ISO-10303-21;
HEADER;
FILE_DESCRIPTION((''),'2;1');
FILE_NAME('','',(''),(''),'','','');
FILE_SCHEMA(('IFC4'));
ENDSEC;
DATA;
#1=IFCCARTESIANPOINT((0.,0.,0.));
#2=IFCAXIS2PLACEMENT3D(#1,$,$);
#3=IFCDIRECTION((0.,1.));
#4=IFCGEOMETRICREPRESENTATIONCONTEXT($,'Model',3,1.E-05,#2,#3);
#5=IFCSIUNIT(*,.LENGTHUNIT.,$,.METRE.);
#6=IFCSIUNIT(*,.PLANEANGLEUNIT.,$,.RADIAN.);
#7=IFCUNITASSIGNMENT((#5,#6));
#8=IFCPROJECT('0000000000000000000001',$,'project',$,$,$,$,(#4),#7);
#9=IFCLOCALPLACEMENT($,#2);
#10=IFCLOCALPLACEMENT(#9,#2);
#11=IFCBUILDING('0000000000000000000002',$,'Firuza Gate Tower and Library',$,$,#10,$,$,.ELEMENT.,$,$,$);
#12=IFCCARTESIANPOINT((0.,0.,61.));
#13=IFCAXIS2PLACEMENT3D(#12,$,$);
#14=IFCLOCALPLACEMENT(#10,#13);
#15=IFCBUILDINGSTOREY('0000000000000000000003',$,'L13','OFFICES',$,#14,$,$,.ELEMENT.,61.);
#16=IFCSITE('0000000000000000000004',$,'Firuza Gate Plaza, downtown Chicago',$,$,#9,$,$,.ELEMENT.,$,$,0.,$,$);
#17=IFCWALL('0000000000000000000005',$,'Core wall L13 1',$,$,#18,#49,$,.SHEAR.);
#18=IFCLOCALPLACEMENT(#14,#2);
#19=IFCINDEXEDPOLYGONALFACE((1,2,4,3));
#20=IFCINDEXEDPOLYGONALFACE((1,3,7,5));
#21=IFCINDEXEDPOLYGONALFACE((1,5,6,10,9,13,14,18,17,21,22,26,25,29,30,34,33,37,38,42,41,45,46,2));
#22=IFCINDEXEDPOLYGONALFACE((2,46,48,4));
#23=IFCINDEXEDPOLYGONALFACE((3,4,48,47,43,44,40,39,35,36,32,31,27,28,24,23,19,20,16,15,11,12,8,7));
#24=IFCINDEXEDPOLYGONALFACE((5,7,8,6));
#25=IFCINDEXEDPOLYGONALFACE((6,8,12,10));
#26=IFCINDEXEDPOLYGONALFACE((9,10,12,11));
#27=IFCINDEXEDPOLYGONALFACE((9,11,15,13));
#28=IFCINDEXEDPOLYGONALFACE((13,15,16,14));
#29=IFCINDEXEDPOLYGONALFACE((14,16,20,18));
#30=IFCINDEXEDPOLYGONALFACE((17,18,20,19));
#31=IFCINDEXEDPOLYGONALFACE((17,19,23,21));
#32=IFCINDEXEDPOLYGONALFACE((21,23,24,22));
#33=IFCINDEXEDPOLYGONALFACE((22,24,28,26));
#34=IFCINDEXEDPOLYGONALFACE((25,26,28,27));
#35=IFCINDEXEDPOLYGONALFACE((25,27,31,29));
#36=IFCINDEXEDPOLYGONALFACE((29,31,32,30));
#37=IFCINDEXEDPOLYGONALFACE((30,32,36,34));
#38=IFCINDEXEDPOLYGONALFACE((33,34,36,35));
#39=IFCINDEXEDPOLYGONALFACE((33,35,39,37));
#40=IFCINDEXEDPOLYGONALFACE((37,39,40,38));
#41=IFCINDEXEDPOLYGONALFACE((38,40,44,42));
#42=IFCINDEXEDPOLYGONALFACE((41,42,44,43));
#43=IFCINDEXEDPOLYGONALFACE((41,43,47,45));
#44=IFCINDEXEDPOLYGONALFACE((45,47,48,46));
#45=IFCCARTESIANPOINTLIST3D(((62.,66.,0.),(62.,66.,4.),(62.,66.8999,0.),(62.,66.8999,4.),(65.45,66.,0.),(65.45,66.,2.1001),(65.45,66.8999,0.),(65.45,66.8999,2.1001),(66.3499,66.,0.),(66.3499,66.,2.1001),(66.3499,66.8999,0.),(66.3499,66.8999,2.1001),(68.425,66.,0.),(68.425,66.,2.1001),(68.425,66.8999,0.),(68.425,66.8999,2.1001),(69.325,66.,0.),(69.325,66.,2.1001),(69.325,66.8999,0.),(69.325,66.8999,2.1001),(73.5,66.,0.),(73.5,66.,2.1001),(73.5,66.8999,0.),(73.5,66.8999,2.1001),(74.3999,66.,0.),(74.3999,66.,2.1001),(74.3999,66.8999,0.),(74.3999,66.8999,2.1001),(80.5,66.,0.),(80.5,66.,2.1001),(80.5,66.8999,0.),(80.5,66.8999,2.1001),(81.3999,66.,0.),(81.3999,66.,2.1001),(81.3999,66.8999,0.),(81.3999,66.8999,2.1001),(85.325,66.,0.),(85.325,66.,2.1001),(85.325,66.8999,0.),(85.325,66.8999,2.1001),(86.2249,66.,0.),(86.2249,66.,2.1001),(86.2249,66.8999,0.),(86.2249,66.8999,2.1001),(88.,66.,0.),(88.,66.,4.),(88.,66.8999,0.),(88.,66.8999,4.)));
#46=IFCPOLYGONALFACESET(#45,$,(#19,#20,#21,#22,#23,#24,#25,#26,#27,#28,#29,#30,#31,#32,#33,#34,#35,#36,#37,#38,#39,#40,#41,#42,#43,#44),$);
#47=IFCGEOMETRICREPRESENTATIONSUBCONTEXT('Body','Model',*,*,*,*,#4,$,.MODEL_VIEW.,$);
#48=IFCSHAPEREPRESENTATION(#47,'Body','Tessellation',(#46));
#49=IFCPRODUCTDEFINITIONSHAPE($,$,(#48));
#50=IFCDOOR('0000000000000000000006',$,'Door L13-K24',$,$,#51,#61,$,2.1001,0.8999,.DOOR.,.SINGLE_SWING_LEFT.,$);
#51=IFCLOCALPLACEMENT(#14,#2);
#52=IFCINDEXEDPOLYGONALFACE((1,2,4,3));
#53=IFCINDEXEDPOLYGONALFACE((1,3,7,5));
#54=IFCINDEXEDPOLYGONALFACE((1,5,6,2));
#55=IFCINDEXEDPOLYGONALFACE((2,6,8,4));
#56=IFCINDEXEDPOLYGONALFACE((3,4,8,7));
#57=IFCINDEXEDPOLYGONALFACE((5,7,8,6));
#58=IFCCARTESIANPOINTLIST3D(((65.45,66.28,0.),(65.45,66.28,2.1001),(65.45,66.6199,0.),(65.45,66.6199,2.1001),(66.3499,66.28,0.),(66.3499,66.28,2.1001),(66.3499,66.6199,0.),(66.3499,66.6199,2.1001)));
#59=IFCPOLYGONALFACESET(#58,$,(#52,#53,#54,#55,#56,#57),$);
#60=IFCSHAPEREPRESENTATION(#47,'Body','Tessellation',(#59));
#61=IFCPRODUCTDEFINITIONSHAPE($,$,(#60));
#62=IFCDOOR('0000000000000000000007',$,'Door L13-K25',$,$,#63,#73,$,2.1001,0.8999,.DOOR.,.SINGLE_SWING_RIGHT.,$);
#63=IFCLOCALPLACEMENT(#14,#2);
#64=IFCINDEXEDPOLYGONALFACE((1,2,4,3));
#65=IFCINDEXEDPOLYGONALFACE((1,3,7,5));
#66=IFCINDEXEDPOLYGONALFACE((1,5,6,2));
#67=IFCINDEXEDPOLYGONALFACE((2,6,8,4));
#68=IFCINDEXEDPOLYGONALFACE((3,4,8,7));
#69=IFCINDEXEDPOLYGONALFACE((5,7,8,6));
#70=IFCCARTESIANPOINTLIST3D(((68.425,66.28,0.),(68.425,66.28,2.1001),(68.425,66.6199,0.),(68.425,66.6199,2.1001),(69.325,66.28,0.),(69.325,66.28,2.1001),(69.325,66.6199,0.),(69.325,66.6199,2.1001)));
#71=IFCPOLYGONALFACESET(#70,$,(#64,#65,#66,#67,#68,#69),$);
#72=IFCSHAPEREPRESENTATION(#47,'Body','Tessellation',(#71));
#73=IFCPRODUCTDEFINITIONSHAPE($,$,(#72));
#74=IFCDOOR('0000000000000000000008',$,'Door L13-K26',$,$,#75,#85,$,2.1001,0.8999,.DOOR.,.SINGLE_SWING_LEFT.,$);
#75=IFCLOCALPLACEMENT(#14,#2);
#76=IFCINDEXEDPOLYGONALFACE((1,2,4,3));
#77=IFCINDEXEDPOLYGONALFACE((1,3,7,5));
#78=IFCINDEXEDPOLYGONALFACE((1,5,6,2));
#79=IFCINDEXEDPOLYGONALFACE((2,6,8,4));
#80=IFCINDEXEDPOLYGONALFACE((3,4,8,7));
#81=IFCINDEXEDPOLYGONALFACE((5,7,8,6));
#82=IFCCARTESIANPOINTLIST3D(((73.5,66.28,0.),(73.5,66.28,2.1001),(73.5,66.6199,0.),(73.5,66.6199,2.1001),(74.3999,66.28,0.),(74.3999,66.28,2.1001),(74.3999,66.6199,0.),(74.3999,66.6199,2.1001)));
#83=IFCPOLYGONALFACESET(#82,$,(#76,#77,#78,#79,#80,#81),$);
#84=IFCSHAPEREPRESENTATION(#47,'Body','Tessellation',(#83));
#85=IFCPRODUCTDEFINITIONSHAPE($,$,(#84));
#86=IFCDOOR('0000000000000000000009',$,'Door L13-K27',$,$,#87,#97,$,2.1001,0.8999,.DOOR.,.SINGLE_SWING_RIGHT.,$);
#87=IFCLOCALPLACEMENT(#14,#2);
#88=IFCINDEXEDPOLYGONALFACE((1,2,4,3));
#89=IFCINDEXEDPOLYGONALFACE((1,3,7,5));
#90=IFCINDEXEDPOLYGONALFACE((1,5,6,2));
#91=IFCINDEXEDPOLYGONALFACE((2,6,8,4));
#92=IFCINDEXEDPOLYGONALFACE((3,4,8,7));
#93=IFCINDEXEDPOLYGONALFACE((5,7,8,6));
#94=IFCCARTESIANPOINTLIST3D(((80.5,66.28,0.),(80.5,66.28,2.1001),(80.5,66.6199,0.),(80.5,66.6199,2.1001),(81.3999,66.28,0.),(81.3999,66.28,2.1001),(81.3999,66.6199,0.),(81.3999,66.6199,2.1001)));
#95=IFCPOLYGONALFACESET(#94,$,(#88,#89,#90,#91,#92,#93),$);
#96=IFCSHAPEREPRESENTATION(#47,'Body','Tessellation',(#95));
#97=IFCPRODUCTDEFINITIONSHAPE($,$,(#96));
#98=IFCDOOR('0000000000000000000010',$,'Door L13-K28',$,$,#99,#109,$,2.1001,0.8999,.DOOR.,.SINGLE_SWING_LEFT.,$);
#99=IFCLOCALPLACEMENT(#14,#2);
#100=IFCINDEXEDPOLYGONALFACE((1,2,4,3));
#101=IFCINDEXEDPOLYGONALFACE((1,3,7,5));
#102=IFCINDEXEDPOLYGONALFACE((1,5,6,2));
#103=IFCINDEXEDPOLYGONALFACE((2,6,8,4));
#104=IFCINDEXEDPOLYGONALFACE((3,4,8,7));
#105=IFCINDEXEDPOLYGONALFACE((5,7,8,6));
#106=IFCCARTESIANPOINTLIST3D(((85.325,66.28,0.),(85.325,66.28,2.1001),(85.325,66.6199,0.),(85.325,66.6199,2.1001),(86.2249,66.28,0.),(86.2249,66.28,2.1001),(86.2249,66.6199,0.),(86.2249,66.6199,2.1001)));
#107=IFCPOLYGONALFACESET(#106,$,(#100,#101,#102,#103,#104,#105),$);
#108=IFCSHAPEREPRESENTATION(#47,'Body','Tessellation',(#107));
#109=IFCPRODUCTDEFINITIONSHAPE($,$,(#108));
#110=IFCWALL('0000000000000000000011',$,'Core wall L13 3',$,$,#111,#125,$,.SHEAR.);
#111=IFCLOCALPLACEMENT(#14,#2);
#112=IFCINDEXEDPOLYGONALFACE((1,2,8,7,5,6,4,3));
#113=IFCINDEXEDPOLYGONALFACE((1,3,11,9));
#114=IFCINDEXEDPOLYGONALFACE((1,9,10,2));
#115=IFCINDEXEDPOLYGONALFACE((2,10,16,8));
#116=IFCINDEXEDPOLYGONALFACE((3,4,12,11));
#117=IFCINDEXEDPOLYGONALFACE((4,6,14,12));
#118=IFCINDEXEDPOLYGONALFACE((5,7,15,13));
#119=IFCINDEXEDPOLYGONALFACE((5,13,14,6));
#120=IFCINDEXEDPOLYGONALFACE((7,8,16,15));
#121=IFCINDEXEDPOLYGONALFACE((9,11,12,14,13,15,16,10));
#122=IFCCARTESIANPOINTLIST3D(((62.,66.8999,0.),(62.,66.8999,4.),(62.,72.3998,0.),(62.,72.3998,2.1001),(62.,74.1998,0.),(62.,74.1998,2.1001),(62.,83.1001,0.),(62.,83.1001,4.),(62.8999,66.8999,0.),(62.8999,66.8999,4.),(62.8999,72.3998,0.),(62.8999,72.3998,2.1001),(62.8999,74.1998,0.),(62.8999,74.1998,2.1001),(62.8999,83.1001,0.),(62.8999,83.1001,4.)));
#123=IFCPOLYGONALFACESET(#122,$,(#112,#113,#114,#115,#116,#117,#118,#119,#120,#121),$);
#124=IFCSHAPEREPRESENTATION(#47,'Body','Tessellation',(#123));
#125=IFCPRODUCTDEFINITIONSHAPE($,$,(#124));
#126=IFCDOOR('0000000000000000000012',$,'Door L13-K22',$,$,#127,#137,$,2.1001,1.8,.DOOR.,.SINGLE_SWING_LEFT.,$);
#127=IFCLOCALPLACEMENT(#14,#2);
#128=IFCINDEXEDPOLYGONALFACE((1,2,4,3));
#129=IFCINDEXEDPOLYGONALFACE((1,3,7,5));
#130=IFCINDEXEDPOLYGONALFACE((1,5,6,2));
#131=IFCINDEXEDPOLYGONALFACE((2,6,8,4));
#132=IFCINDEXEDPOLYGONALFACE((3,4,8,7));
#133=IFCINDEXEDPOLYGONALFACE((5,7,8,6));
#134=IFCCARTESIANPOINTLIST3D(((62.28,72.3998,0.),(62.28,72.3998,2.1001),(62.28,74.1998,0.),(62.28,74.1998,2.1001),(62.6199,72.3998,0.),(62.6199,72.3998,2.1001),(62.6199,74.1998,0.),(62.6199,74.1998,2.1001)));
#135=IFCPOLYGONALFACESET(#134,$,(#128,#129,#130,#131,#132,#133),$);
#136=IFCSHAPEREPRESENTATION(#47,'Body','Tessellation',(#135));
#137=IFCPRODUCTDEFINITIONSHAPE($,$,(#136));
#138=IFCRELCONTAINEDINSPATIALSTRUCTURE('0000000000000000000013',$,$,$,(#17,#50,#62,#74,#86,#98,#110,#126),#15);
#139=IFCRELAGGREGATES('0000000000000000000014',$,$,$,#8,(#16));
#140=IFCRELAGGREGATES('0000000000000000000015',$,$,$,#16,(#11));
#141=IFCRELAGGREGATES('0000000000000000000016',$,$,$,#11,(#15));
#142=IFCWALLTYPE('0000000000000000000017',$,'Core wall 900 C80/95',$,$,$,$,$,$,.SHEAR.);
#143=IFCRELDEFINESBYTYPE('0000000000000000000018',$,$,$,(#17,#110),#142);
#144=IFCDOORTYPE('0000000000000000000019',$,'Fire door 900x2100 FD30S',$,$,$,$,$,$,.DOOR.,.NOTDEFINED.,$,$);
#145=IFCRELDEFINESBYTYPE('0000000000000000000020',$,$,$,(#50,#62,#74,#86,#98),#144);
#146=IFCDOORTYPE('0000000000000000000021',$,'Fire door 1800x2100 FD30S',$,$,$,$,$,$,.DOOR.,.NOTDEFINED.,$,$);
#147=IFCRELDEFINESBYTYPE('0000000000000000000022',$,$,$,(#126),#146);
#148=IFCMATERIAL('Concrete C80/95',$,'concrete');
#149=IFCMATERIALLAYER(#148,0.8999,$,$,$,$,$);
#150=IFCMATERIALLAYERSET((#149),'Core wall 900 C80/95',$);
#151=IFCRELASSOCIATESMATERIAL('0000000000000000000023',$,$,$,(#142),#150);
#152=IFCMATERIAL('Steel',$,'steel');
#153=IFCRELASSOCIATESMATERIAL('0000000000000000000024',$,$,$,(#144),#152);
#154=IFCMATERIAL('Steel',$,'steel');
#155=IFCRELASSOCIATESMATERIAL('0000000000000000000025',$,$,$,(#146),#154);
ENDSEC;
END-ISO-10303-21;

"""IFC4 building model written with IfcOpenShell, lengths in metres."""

from ifc_helpers import new_model, si_unit, direction, frame, frame_2d, origin, place, context, subcontext, project, spatial, rectangle, extrude, material, layer, layer_set, type_object, element, fill, save


model = new_model("IFC4")

# Units and contexts
model_context = context("Model", 3, precision=1e-05, world=origin(), true_north=direction((0.0, 1.0)))
body_context = subcontext(model_context, "Body", "Model", "MODEL_VIEW")
ifc_project = project(units=[si_unit("LENGTHUNIT", "METRE"), si_unit("PLANEANGLEUNIT", "RADIAN")], contexts=[model_context])

# Site, building, storey
site_placement = place(None, origin())
site = spatial("IfcSite", under=ifc_project, at=site_placement, Name="Firuza Gate Plaza, downtown Chicago", CompositionType="ELEMENT", RefElevation=0.0)
building_placement = place(site_placement, origin())
building = spatial("IfcBuilding", under=site, at=building_placement, Name="Firuza Gate Tower and Library", CompositionType="ELEMENT")
storey_placement = place(building_placement, frame((0.0, 0.0, 61.0)))
storey = spatial("IfcBuildingStorey", under=building, at=storey_placement, Name="L13", Description="OFFICES", CompositionType="ELEMENT", Elevation=61.0)

# Wall, openings, doors
ifc_material_1 = material(Name="Concrete C80/95", Category="concrete")
ifc_layer_1 = layer(ifc_material_1, 0.8999)
ifc_layer_set_1 = layer_set([ifc_layer_1], Name="Core wall 900 C80/95")
wall_type_1 = type_object("IfcWallType", Name="Core wall 900 C80/95", PredefinedType="SHEAR", material=ifc_layer_set_1)
wall_1_placement = place(storey_placement, frame((62.0, 66.45, 0.0), z_axis=(0.0, 0.0, 1.0), x_axis=(1.0, 0.0, 0.0)))
wall_1 = element("IfcWall", 1, at=wall_1_placement, inside=storey, type_object=wall_type_1, Name="Core wall L13 1", PredefinedType="SHEAR", context=body_context, shape_type="SweptSolid", body=[
    extrude(rectangle(XDim=26.0, YDim=0.8999, at=frame_2d((13.0, 0.0))), origin(), (0.0, 0.0, 1.0), 4.0),
])
opening_1_placement = place(wall_1_placement, frame((3.45, 0.0, 0.0)))
opening_1 = element("IfcOpeningElement", 2, at=opening_1_placement, cuts=wall_1, PredefinedType="OPENING", context=body_context, shape_type="SweptSolid", body=[
    extrude(rectangle(XDim=0.8999, YDim=2.1001, at=frame_2d((0.45, 1.05))), frame((0.0, 0.46, 0.0), z_axis=(0.0, -1.0, 0.0), x_axis=(1.0, 0.0, 0.0)), (0.0, 0.0, 1.0), 0.9199),
])
opening_2_placement = place(wall_1_placement, frame((6.425, 0.0, 0.0)))
opening_2 = element("IfcOpeningElement", 3, at=opening_2_placement, cuts=wall_1, PredefinedType="OPENING", context=body_context, shape_type="SweptSolid", body=[
    extrude(rectangle(XDim=0.8999, YDim=2.1001, at=frame_2d((0.45, 1.05))), frame((0.0, 0.46, 0.0), z_axis=(0.0, -1.0, 0.0), x_axis=(1.0, 0.0, 0.0)), (0.0, 0.0, 1.0), 0.9199),
])
opening_3_placement = place(wall_1_placement, frame((11.5, 0.0, 0.0)))
opening_3 = element("IfcOpeningElement", 4, at=opening_3_placement, cuts=wall_1, PredefinedType="OPENING", context=body_context, shape_type="SweptSolid", body=[
    extrude(rectangle(XDim=0.8999, YDim=2.1001, at=frame_2d((0.45, 1.05))), frame((0.0, 0.46, 0.0), z_axis=(0.0, -1.0, 0.0), x_axis=(1.0, 0.0, 0.0)), (0.0, 0.0, 1.0), 0.9199),
])
opening_4_placement = place(wall_1_placement, frame((18.5, 0.0, 0.0)))
opening_4 = element("IfcOpeningElement", 5, at=opening_4_placement, cuts=wall_1, PredefinedType="OPENING", context=body_context, shape_type="SweptSolid", body=[
    extrude(rectangle(XDim=0.8999, YDim=2.1001, at=frame_2d((0.45, 1.05))), frame((0.0, 0.46, 0.0), z_axis=(0.0, -1.0, 0.0), x_axis=(1.0, 0.0, 0.0)), (0.0, 0.0, 1.0), 0.9199),
])
opening_5_placement = place(wall_1_placement, frame((23.325, 0.0, 0.0)))
opening_5 = element("IfcOpeningElement", 6, at=opening_5_placement, cuts=wall_1, PredefinedType="OPENING", context=body_context, shape_type="SweptSolid", body=[
    extrude(rectangle(XDim=0.8999, YDim=2.1001, at=frame_2d((0.45, 1.05))), frame((0.0, 0.46, 0.0), z_axis=(0.0, -1.0, 0.0), x_axis=(1.0, 0.0, 0.0)), (0.0, 0.0, 1.0), 0.9199),
])
ifc_material_2 = material(Name="Steel", Category="steel")
door_type_1 = type_object("IfcDoorType", Name="Fire door 900x2100 FD30S", OperationType="NOTDEFINED", PredefinedType="DOOR", material=ifc_material_2)
door_1_placement = place(opening_1_placement, origin())
door_1 = element("IfcDoor", 7, at=door_1_placement, inside=storey, type_object=door_type_1, Name="Door L13-K24", OperationType="SINGLE_SWING_LEFT", OverallHeight=2.1001, OverallWidth=0.8999, PredefinedType="DOOR", context=body_context, shape_type="SweptSolid", body=[
    extrude(rectangle(XDim=0.8999, YDim=2.1001, at=frame_2d((0.45, 1.05))), frame((0.0, 0.1699, 0.0), z_axis=(0.0, -1.0, 0.0), x_axis=(1.0, 0.0, 0.0)), (0.0, 0.0, 1.0), 0.3398),
])
fill(opening_1, door_1)
door_2_placement = place(opening_2_placement, origin())
door_2 = element("IfcDoor", 8, at=door_2_placement, inside=storey, type_object=door_type_1, Name="Door L13-K25", OperationType="SINGLE_SWING_RIGHT", OverallHeight=2.1001, OverallWidth=0.8999, PredefinedType="DOOR", context=body_context, shape_type="SweptSolid", body=[
    extrude(rectangle(XDim=0.8999, YDim=2.1001, at=frame_2d((0.45, 1.05))), frame((0.0, 0.1699, 0.0), z_axis=(0.0, -1.0, 0.0), x_axis=(1.0, 0.0, 0.0)), (0.0, 0.0, 1.0), 0.3398),
])
fill(opening_2, door_2)
door_3_placement = place(opening_3_placement, origin())
door_3 = element("IfcDoor", 9, at=door_3_placement, inside=storey, type_object=door_type_1, Name="Door L13-K26", OperationType="SINGLE_SWING_LEFT", OverallHeight=2.1001, OverallWidth=0.8999, PredefinedType="DOOR", context=body_context, shape_type="SweptSolid", body=[
    extrude(rectangle(XDim=0.8999, YDim=2.1001, at=frame_2d((0.45, 1.05))), frame((0.0, 0.1699, 0.0), z_axis=(0.0, -1.0, 0.0), x_axis=(1.0, 0.0, 0.0)), (0.0, 0.0, 1.0), 0.3398),
])
fill(opening_3, door_3)
door_4_placement = place(opening_4_placement, origin())
door_4 = element("IfcDoor", 10, at=door_4_placement, inside=storey, type_object=door_type_1, Name="Door L13-K27", OperationType="SINGLE_SWING_RIGHT", OverallHeight=2.1001, OverallWidth=0.8999, PredefinedType="DOOR", context=body_context, shape_type="SweptSolid", body=[
    extrude(rectangle(XDim=0.8999, YDim=2.1001, at=frame_2d((0.45, 1.05))), frame((0.0, 0.1699, 0.0), z_axis=(0.0, -1.0, 0.0), x_axis=(1.0, 0.0, 0.0)), (0.0, 0.0, 1.0), 0.3398),
])
fill(opening_4, door_4)
door_5_placement = place(opening_5_placement, origin())
door_5 = element("IfcDoor", 11, at=door_5_placement, inside=storey, type_object=door_type_1, Name="Door L13-K28", OperationType="SINGLE_SWING_LEFT", OverallHeight=2.1001, OverallWidth=0.8999, PredefinedType="DOOR", context=body_context, shape_type="SweptSolid", body=[
    extrude(rectangle(XDim=0.8999, YDim=2.1001, at=frame_2d((0.45, 1.05))), frame((0.0, 0.1699, 0.0), z_axis=(0.0, -1.0, 0.0), x_axis=(1.0, 0.0, 0.0)), (0.0, 0.0, 1.0), 0.3398),
])
fill(opening_5, door_5)

# Wall, opening, door
wall_2_placement = place(storey_placement, frame((62.45, 66.8999, 0.0), z_axis=(0.0, 0.0, 1.0), x_axis=(0.0, 1.0, 0.0)))
wall_2 = element("IfcWall", 12, at=wall_2_placement, inside=storey, type_object=wall_type_1, Name="Core wall L13 3", PredefinedType="SHEAR", context=body_context, shape_type="SweptSolid", body=[
    extrude(rectangle(XDim=16.2002, YDim=0.8999, at=frame_2d((8.1001, 0.0))), origin(), (0.0, 0.0, 1.0), 4.0),
])
opening_6_placement = place(wall_2_placement, frame((5.5, 0.0, 0.0)))
opening_6 = element("IfcOpeningElement", 13, at=opening_6_placement, cuts=wall_2, PredefinedType="OPENING", context=body_context, shape_type="SweptSolid", body=[
    extrude(rectangle(XDim=1.8, YDim=2.1001, at=frame_2d((0.8999, 1.05))), frame((0.0, 0.46, 0.0), z_axis=(0.0, -1.0, 0.0), x_axis=(1.0, 0.0, 0.0)), (0.0, 0.0, 1.0), 0.9199),
])
ifc_material_3 = material(Name="Steel", Category="steel")
door_type_2 = type_object("IfcDoorType", Name="Fire door 1800x2100 FD30S", OperationType="NOTDEFINED", PredefinedType="DOOR", material=ifc_material_3)
door_6_placement = place(opening_6_placement, origin())
door_6 = element("IfcDoor", 14, at=door_6_placement, inside=storey, type_object=door_type_2, Name="Door L13-K22", OperationType="SINGLE_SWING_LEFT", OverallHeight=2.1001, OverallWidth=1.8, PredefinedType="DOOR", context=body_context, shape_type="SweptSolid", body=[
    extrude(rectangle(XDim=1.8, YDim=2.1001, at=frame_2d((0.8999, 1.05))), frame((0.0, 0.1699, 0.0), z_axis=(0.0, -1.0, 0.0), x_axis=(1.0, 0.0, 0.0)), (0.0, 0.0, 1.0), 0.3398),
])
fill(opening_6, door_6)

save(model, "model.ifc")
